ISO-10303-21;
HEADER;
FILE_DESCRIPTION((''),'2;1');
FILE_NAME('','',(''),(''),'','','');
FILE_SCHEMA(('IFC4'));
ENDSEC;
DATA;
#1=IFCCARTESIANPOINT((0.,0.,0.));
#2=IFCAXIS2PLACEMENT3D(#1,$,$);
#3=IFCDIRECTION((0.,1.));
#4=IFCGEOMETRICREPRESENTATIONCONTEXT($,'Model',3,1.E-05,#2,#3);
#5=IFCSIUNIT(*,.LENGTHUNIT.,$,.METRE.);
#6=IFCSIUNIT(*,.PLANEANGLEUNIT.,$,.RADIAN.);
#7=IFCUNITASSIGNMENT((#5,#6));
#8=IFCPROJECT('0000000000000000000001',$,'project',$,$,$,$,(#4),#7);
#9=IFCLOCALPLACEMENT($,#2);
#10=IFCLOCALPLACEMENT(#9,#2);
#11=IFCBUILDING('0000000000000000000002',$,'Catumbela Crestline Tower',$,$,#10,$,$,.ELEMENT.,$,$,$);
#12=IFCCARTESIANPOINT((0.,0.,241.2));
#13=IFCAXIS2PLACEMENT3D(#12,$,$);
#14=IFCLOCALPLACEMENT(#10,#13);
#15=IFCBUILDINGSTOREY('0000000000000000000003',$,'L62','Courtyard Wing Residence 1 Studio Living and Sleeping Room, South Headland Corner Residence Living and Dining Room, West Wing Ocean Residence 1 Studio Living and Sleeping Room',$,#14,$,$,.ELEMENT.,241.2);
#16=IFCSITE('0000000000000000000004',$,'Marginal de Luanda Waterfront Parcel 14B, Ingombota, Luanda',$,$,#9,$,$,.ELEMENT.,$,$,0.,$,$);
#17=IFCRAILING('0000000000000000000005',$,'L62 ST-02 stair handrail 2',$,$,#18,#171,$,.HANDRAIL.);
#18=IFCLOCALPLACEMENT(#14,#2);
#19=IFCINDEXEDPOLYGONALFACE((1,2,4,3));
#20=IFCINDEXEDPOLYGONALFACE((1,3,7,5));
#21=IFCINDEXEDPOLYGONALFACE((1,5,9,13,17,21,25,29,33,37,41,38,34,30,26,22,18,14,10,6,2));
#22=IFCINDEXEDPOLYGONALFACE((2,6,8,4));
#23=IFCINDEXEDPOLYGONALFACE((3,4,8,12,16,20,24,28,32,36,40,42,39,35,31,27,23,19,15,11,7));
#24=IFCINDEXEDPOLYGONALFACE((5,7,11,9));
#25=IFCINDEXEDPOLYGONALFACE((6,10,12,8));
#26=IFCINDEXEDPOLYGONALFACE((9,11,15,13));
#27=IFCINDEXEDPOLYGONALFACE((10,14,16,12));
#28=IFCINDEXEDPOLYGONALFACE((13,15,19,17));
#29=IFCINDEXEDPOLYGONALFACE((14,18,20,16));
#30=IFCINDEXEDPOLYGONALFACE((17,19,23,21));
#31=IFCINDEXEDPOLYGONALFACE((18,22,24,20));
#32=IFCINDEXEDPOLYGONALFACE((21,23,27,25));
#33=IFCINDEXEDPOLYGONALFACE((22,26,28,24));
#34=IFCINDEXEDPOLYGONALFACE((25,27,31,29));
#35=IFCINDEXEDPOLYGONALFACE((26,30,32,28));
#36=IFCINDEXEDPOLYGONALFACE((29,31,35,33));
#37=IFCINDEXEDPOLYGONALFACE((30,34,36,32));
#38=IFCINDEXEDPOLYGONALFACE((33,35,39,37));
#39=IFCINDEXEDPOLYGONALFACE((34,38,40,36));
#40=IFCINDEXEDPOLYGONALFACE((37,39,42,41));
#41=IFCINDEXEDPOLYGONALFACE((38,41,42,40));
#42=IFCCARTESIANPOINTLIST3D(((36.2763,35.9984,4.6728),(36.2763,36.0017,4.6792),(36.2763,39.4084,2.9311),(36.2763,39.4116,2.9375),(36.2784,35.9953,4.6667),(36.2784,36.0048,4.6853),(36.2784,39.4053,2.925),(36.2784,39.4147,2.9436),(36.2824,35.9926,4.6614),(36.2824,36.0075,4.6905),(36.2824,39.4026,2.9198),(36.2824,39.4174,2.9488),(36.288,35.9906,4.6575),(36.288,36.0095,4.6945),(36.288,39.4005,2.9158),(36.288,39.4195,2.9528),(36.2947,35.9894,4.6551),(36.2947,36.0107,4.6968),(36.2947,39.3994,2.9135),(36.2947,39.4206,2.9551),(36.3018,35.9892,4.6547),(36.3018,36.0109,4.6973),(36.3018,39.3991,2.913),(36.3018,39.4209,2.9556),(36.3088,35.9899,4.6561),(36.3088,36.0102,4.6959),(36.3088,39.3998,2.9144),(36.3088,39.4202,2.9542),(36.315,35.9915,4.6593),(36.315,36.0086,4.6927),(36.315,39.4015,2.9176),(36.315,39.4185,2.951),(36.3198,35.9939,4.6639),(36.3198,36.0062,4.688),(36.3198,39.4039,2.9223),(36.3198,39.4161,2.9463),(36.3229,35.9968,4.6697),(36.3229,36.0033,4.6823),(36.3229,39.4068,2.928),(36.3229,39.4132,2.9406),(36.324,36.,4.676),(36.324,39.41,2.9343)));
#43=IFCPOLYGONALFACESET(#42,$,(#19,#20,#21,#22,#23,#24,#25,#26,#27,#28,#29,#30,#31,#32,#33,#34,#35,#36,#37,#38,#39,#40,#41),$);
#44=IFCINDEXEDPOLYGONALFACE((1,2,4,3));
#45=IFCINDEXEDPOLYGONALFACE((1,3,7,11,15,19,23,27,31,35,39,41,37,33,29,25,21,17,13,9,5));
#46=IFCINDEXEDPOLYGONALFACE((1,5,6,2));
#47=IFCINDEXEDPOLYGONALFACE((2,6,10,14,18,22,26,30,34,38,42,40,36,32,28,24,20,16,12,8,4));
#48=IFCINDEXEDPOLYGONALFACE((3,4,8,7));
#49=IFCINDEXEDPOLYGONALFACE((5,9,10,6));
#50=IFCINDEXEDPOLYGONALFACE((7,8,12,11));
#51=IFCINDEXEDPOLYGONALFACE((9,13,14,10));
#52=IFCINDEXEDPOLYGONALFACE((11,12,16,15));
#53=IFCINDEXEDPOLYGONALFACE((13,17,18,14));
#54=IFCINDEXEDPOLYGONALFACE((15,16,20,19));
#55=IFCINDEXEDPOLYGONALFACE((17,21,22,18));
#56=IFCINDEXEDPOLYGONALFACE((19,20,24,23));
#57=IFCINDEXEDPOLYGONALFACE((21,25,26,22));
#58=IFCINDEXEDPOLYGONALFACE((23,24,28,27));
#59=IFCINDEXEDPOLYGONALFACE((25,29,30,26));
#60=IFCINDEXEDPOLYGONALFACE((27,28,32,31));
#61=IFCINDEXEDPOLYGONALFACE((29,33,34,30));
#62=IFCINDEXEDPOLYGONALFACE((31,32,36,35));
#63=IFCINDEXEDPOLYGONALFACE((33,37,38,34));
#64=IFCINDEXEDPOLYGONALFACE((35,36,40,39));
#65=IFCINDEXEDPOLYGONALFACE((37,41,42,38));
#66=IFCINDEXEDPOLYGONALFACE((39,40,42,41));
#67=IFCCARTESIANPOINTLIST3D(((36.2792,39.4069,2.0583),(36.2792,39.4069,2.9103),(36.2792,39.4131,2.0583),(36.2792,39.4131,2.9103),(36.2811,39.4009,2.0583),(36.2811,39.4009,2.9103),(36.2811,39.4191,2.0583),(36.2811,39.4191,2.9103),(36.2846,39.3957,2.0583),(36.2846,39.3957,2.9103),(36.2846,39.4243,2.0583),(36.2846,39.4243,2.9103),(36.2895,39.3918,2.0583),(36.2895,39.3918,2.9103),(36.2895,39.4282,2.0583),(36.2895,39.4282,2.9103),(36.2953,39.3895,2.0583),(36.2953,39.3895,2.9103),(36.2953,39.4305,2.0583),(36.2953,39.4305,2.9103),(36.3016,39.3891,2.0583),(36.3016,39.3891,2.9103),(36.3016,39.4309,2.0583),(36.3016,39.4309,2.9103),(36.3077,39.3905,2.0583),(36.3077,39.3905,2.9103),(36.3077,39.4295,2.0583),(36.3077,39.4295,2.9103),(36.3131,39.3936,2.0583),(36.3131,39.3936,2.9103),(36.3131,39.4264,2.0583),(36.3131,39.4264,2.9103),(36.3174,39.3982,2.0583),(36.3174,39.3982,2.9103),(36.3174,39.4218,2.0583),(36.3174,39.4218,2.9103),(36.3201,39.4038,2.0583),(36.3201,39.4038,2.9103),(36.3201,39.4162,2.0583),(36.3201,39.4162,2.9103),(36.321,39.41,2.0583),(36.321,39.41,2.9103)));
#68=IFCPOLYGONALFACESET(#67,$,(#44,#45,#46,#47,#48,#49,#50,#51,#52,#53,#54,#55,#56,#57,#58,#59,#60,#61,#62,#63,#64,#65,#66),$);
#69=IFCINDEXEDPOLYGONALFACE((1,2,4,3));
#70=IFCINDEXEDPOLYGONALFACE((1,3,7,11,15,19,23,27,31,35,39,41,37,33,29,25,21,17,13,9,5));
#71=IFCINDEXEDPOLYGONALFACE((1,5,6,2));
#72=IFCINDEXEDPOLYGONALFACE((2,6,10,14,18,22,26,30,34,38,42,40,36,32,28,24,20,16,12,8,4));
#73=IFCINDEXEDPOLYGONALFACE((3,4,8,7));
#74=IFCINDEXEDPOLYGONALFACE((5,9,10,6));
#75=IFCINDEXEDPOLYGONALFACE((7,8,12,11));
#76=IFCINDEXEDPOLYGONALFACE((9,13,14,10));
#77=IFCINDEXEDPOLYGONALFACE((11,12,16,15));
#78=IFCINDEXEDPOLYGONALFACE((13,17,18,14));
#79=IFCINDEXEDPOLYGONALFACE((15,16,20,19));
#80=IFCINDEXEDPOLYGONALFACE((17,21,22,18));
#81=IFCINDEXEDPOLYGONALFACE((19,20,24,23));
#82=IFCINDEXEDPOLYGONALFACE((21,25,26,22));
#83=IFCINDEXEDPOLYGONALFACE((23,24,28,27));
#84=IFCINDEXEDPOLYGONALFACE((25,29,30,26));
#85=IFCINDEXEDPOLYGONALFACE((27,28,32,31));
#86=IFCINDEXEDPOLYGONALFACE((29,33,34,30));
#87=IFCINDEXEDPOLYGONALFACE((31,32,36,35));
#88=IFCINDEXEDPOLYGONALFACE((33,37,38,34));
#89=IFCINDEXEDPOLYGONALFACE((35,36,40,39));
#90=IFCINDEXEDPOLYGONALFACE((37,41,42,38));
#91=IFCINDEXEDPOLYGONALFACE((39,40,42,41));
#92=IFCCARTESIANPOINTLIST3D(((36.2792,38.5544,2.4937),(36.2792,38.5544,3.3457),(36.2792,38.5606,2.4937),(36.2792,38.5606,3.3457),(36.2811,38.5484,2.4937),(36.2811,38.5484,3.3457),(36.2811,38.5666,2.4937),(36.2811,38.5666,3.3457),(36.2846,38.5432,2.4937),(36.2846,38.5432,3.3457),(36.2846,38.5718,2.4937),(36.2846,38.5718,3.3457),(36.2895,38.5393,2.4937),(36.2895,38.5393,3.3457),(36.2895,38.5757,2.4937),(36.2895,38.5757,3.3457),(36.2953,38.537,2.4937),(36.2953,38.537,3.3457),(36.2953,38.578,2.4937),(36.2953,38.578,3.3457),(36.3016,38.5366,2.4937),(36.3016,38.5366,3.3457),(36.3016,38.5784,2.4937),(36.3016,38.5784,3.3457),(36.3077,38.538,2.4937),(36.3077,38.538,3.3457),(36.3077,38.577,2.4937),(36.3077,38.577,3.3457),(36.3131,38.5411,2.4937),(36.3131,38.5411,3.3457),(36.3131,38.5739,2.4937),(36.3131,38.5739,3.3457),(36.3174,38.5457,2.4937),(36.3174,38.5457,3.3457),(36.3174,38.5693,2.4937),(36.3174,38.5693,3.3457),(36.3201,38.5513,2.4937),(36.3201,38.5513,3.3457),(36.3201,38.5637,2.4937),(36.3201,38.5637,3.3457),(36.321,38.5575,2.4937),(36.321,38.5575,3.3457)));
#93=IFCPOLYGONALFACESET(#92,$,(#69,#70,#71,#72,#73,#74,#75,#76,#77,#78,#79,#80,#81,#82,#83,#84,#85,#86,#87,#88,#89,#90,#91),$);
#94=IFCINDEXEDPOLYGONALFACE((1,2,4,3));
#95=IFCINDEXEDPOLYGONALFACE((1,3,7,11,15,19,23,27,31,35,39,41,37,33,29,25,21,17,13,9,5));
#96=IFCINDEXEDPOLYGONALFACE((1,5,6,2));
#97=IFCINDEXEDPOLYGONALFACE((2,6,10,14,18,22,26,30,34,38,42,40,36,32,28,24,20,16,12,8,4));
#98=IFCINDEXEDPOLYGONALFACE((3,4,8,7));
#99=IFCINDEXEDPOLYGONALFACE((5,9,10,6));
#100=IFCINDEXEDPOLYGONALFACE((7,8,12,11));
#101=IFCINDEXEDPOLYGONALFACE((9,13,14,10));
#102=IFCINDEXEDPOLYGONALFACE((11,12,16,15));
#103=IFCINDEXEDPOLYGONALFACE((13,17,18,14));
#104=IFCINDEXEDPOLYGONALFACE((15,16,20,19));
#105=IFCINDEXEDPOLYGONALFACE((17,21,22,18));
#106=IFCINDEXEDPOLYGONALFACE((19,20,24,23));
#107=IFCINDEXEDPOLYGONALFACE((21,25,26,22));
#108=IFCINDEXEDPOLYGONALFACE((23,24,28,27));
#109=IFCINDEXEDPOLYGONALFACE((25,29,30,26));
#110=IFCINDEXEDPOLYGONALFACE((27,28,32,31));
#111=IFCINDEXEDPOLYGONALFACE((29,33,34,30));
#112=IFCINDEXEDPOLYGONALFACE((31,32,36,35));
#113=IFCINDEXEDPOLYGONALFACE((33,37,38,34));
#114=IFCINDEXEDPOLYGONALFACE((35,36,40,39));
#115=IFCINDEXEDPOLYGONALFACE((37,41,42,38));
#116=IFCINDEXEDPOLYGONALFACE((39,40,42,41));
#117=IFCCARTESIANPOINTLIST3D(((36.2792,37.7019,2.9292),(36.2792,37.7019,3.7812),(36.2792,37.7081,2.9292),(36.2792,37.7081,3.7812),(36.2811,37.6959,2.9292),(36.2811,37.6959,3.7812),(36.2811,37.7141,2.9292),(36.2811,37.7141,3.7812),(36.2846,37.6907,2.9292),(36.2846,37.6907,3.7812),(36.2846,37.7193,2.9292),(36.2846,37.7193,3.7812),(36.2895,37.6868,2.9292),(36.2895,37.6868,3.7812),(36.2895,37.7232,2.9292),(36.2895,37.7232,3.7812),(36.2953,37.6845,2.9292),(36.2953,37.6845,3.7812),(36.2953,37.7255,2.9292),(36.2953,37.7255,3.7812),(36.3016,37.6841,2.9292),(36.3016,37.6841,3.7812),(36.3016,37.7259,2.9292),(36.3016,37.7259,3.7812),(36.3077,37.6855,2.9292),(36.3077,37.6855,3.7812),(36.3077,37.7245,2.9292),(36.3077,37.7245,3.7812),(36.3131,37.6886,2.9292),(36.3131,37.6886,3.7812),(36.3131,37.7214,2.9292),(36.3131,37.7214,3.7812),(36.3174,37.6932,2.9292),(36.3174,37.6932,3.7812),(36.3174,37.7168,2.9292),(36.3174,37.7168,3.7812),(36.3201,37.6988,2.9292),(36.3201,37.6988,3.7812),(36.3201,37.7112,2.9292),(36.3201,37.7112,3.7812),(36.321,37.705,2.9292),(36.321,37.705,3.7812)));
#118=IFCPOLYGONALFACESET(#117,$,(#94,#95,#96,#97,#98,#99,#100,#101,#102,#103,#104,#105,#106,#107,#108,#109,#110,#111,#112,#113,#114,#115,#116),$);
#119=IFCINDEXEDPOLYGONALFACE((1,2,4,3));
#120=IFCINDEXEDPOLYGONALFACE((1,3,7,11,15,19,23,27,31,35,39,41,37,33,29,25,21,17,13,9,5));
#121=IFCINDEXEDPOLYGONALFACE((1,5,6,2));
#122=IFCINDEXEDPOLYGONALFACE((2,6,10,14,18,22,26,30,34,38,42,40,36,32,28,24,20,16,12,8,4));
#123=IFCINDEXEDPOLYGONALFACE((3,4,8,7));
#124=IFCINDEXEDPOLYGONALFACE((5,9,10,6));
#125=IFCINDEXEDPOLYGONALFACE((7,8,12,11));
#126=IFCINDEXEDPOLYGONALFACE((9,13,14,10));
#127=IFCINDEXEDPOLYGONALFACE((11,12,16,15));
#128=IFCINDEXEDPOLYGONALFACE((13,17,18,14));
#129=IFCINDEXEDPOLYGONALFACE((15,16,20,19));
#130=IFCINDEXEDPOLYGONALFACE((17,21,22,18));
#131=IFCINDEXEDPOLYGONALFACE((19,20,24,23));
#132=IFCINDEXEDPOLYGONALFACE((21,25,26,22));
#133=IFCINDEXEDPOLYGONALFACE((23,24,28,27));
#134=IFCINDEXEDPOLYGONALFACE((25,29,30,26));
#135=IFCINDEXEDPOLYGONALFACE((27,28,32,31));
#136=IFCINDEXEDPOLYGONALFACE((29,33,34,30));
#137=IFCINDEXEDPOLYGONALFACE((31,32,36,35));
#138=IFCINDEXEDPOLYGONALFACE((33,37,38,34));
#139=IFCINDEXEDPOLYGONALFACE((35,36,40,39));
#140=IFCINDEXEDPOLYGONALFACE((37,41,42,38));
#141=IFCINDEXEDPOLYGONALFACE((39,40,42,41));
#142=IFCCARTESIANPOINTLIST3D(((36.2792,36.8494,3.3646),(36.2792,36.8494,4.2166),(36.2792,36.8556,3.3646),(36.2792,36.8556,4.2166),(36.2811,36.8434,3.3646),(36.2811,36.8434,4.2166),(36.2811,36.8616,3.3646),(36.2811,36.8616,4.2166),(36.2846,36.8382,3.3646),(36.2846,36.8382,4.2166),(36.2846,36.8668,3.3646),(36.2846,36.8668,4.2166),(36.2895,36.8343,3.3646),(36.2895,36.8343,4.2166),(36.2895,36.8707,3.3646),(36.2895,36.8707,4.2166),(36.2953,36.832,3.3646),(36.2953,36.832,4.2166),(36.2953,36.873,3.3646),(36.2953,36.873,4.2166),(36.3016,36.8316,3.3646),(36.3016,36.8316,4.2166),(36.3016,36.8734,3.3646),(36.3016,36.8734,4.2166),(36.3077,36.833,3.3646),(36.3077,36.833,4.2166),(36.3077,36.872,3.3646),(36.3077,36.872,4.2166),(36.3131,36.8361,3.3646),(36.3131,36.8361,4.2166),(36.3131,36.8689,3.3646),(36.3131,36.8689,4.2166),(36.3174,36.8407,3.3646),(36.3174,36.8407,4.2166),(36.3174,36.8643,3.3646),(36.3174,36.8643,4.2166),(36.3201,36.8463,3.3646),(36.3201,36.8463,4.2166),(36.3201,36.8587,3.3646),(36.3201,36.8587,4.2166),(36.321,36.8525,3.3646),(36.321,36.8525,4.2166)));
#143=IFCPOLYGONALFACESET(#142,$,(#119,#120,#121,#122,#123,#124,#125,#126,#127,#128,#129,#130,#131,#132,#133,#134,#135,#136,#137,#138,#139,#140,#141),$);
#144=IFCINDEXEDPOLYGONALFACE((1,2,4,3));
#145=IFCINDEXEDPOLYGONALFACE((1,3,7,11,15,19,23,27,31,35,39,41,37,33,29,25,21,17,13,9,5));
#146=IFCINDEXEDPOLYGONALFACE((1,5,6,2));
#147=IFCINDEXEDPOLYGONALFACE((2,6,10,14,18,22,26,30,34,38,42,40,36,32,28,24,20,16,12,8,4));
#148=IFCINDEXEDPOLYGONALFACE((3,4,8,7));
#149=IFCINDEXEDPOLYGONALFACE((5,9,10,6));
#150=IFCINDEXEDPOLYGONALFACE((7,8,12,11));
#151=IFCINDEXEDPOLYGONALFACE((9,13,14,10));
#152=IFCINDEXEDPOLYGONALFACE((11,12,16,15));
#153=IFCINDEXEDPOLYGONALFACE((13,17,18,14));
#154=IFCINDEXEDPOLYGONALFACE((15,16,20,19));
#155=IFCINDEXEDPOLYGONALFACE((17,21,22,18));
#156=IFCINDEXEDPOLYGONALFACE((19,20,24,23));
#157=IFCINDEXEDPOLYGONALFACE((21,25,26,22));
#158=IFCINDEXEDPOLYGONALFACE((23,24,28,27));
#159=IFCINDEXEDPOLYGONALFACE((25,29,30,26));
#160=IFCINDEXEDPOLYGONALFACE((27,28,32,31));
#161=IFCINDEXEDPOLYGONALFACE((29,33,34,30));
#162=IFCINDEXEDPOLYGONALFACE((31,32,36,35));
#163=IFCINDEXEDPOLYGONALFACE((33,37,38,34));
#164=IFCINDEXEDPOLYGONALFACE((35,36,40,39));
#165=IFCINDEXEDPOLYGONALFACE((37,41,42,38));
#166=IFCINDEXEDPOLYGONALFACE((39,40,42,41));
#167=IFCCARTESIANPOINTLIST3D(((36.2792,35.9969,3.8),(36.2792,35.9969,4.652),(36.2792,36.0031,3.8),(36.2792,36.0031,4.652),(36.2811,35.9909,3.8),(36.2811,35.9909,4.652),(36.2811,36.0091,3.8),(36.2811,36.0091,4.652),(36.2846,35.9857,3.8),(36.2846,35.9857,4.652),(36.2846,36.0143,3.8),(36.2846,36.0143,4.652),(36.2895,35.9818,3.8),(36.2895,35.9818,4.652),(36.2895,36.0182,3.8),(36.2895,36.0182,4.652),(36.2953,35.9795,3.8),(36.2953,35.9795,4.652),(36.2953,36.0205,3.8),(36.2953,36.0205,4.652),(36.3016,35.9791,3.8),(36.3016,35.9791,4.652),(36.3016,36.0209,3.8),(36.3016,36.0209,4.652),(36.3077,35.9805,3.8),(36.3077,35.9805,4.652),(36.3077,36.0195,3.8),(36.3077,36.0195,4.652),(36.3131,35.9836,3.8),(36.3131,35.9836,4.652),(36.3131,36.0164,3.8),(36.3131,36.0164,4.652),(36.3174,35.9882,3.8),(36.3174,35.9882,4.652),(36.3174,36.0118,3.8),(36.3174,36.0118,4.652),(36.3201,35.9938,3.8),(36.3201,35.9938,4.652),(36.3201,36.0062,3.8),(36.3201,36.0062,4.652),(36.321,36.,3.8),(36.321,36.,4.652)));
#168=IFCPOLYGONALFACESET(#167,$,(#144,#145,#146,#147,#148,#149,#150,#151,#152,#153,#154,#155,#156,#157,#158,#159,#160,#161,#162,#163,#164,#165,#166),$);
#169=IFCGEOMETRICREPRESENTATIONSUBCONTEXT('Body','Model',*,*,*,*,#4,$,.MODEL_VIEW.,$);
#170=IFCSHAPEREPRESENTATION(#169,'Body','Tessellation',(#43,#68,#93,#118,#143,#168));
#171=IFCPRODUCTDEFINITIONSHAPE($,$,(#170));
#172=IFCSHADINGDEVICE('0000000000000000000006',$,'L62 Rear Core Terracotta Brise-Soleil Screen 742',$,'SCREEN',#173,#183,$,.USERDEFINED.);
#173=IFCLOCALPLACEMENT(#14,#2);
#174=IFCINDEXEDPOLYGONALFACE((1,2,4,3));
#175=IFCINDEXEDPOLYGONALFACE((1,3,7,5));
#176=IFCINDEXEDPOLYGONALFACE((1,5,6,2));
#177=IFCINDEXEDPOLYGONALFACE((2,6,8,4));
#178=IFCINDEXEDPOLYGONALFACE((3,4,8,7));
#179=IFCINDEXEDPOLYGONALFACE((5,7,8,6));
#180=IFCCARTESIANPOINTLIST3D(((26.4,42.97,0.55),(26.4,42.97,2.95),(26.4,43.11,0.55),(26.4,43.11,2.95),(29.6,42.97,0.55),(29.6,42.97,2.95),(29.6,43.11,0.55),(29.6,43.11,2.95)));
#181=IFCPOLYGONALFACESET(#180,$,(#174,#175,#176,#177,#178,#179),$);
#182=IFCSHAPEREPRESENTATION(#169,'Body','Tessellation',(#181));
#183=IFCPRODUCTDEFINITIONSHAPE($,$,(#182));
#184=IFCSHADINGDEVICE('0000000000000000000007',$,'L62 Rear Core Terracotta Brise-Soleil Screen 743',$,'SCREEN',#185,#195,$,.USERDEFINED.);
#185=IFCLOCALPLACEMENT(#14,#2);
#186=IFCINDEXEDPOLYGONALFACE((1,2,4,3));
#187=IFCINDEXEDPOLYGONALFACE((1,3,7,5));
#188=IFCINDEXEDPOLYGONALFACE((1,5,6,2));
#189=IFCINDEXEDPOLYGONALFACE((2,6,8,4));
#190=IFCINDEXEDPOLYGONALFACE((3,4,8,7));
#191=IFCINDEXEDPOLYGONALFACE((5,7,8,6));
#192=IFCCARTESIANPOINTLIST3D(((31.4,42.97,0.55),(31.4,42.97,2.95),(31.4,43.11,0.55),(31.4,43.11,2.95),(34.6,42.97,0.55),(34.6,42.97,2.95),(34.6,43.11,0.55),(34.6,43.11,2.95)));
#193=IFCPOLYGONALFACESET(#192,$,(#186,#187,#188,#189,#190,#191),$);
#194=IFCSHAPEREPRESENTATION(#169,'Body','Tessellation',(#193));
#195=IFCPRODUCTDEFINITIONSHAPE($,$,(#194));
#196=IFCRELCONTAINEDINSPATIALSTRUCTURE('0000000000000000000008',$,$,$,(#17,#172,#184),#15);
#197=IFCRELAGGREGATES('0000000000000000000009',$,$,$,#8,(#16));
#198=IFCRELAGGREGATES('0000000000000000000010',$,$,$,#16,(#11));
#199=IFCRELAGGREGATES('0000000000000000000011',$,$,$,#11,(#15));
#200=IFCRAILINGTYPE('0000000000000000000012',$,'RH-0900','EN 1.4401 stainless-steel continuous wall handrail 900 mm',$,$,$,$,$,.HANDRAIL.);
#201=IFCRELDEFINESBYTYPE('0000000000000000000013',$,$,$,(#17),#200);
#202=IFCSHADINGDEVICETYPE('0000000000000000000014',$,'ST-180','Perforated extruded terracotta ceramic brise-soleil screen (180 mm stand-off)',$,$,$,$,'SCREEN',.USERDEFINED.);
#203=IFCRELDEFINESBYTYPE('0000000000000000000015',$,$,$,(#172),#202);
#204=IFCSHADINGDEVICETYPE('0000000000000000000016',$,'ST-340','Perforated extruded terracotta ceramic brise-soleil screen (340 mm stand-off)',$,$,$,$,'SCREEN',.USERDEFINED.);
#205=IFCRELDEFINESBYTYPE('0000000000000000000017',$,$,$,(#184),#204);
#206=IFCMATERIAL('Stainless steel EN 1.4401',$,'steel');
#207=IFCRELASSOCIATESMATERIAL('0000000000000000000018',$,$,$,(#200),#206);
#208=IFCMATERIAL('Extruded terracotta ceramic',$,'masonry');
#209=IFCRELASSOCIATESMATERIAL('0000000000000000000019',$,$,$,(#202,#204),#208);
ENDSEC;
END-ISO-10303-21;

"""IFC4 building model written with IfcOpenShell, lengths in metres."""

from ifc_helpers import new_model, si_unit, direction, frame, origin, origin_2d, place, context, subcontext, project, spatial, rectangle, circle, extrude, material, type_object, element, save


model = new_model("IFC4")

# Units and contexts
model_context = context("Model", 3, precision=1e-05, world=origin(), true_north=direction((0.0, 1.0)))
body_context = subcontext(model_context, "Body", "Model", "MODEL_VIEW")
ifc_project = project(units=[si_unit("LENGTHUNIT", "METRE"), si_unit("PLANEANGLEUNIT", "RADIAN")], contexts=[model_context])

# Site, building, storey
site_placement = place(None, origin())
site = spatial("IfcSite", under=ifc_project, at=site_placement, Name="Marginal de Luanda Waterfront Parcel 14B, Ingombota, Luanda", CompositionType="ELEMENT", RefElevation=0.0)
building_placement = place(site_placement, origin())
building = spatial("IfcBuilding", under=site, at=building_placement, Name="Catumbela Crestline Tower", CompositionType="ELEMENT")
storey_placement = place(building_placement, frame((0.0, 0.0, 241.2)))
storey = spatial("IfcBuildingStorey", under=building, at=storey_placement, Name="L62", Description="Courtyard Wing Residence 1 Studio Living and Sleeping Room, South Headland Corner Residence Living and Dining Room, West Wing Ocean Residence 1 Studio Living and Sleeping Room", CompositionType="ELEMENT", Elevation=241.2)

# Shared definitions
ifc_material_1 = material(Name="Stainless steel EN 1.4401", Category="steel")

# Railing
railing_type = type_object("IfcRailingType", Name="RH-0900", Description="EN 1.4401 stainless-steel continuous wall handrail 900 mm", PredefinedType="HANDRAIL", material=ifc_material_1)
railing_placement = place(storey_placement, frame((36.3, 39.41, 2.0583)))
element("IfcRailing", 1, at=railing_placement, inside=storey, type_object=railing_type, Name="L62 ST-02 stair handrail 2", PredefinedType="HANDRAIL", context=body_context, shape_type="SweptSolid", body=[
    extrude(circle(Radius=0.024, at=origin_2d()), frame((0.0, 0.0, 0.876), z_axis=(0.0, -0.89056, 0.454865), x_axis=(1.0, 0.0, 0.0)), (0.0, 0.0, 1.0), 3.829),
    extrude(circle(Radius=0.021, at=origin_2d()), origin(), (0.0, 0.0, 1.0), 0.852),
    extrude(circle(Radius=0.021, at=origin_2d()), frame((0.0, -0.8525, 0.4354)), (0.0, 0.0, 1.0), 0.852),
    extrude(circle(Radius=0.021, at=origin_2d()), frame((0.0, -1.705, 0.8709)), (0.0, 0.0, 1.0), 0.852),
    extrude(circle(Radius=0.021, at=origin_2d()), frame((0.0, -2.5575, 1.3063)), (0.0, 0.0, 1.0), 0.852),
    extrude(circle(Radius=0.021, at=origin_2d()), frame((0.0, -3.41, 1.7417)), (0.0, 0.0, 1.0), 0.852),
])

# Shading devices
ifc_material_2 = material(Name="Extruded terracotta ceramic", Category="masonry")
shading_device_type_1 = type_object("IfcShadingDeviceType", Name="ST-180", Description="Perforated extruded terracotta ceramic brise-soleil screen (180 mm stand-off)", ElementType="SCREEN", PredefinedType="USERDEFINED", material=ifc_material_2)
shading_device_1_placement = place(storey_placement, frame((28.0, 43.04, 0.55), z_axis=(0.0, 0.0, 1.0), x_axis=(1.0, 0.0, 0.0)))
element("IfcShadingDevice", 2, at=shading_device_1_placement, inside=storey, type_object=shading_device_type_1, Name="L62 Rear Core Terracotta Brise-Soleil Screen 742", ObjectType="SCREEN", PredefinedType="USERDEFINED", context=body_context, shape_type="SweptSolid", body=[
    extrude(rectangle(XDim=3.2, YDim=0.14, at=origin_2d()), origin(), (0.0, 0.0, 1.0), 2.4),
])
shading_device_type_2 = type_object("IfcShadingDeviceType", Name="ST-340", Description="Perforated extruded terracotta ceramic brise-soleil screen (340 mm stand-off)", ElementType="SCREEN", PredefinedType="USERDEFINED", material=ifc_material_2)
shading_device_2_placement = place(storey_placement, frame((33.0, 43.04, 0.55), z_axis=(0.0, 0.0, 1.0), x_axis=(1.0, 0.0, 0.0)))
element("IfcShadingDevice", 3, at=shading_device_2_placement, inside=storey, type_object=shading_device_type_2, Name="L62 Rear Core Terracotta Brise-Soleil Screen 743", ObjectType="SCREEN", PredefinedType="USERDEFINED", context=body_context, shape_type="SweptSolid", body=[
    extrude(rectangle(XDim=3.2, YDim=0.14, at=origin_2d()), origin(), (0.0, 0.0, 1.0), 2.4),
])

save(model, "model.ifc")
